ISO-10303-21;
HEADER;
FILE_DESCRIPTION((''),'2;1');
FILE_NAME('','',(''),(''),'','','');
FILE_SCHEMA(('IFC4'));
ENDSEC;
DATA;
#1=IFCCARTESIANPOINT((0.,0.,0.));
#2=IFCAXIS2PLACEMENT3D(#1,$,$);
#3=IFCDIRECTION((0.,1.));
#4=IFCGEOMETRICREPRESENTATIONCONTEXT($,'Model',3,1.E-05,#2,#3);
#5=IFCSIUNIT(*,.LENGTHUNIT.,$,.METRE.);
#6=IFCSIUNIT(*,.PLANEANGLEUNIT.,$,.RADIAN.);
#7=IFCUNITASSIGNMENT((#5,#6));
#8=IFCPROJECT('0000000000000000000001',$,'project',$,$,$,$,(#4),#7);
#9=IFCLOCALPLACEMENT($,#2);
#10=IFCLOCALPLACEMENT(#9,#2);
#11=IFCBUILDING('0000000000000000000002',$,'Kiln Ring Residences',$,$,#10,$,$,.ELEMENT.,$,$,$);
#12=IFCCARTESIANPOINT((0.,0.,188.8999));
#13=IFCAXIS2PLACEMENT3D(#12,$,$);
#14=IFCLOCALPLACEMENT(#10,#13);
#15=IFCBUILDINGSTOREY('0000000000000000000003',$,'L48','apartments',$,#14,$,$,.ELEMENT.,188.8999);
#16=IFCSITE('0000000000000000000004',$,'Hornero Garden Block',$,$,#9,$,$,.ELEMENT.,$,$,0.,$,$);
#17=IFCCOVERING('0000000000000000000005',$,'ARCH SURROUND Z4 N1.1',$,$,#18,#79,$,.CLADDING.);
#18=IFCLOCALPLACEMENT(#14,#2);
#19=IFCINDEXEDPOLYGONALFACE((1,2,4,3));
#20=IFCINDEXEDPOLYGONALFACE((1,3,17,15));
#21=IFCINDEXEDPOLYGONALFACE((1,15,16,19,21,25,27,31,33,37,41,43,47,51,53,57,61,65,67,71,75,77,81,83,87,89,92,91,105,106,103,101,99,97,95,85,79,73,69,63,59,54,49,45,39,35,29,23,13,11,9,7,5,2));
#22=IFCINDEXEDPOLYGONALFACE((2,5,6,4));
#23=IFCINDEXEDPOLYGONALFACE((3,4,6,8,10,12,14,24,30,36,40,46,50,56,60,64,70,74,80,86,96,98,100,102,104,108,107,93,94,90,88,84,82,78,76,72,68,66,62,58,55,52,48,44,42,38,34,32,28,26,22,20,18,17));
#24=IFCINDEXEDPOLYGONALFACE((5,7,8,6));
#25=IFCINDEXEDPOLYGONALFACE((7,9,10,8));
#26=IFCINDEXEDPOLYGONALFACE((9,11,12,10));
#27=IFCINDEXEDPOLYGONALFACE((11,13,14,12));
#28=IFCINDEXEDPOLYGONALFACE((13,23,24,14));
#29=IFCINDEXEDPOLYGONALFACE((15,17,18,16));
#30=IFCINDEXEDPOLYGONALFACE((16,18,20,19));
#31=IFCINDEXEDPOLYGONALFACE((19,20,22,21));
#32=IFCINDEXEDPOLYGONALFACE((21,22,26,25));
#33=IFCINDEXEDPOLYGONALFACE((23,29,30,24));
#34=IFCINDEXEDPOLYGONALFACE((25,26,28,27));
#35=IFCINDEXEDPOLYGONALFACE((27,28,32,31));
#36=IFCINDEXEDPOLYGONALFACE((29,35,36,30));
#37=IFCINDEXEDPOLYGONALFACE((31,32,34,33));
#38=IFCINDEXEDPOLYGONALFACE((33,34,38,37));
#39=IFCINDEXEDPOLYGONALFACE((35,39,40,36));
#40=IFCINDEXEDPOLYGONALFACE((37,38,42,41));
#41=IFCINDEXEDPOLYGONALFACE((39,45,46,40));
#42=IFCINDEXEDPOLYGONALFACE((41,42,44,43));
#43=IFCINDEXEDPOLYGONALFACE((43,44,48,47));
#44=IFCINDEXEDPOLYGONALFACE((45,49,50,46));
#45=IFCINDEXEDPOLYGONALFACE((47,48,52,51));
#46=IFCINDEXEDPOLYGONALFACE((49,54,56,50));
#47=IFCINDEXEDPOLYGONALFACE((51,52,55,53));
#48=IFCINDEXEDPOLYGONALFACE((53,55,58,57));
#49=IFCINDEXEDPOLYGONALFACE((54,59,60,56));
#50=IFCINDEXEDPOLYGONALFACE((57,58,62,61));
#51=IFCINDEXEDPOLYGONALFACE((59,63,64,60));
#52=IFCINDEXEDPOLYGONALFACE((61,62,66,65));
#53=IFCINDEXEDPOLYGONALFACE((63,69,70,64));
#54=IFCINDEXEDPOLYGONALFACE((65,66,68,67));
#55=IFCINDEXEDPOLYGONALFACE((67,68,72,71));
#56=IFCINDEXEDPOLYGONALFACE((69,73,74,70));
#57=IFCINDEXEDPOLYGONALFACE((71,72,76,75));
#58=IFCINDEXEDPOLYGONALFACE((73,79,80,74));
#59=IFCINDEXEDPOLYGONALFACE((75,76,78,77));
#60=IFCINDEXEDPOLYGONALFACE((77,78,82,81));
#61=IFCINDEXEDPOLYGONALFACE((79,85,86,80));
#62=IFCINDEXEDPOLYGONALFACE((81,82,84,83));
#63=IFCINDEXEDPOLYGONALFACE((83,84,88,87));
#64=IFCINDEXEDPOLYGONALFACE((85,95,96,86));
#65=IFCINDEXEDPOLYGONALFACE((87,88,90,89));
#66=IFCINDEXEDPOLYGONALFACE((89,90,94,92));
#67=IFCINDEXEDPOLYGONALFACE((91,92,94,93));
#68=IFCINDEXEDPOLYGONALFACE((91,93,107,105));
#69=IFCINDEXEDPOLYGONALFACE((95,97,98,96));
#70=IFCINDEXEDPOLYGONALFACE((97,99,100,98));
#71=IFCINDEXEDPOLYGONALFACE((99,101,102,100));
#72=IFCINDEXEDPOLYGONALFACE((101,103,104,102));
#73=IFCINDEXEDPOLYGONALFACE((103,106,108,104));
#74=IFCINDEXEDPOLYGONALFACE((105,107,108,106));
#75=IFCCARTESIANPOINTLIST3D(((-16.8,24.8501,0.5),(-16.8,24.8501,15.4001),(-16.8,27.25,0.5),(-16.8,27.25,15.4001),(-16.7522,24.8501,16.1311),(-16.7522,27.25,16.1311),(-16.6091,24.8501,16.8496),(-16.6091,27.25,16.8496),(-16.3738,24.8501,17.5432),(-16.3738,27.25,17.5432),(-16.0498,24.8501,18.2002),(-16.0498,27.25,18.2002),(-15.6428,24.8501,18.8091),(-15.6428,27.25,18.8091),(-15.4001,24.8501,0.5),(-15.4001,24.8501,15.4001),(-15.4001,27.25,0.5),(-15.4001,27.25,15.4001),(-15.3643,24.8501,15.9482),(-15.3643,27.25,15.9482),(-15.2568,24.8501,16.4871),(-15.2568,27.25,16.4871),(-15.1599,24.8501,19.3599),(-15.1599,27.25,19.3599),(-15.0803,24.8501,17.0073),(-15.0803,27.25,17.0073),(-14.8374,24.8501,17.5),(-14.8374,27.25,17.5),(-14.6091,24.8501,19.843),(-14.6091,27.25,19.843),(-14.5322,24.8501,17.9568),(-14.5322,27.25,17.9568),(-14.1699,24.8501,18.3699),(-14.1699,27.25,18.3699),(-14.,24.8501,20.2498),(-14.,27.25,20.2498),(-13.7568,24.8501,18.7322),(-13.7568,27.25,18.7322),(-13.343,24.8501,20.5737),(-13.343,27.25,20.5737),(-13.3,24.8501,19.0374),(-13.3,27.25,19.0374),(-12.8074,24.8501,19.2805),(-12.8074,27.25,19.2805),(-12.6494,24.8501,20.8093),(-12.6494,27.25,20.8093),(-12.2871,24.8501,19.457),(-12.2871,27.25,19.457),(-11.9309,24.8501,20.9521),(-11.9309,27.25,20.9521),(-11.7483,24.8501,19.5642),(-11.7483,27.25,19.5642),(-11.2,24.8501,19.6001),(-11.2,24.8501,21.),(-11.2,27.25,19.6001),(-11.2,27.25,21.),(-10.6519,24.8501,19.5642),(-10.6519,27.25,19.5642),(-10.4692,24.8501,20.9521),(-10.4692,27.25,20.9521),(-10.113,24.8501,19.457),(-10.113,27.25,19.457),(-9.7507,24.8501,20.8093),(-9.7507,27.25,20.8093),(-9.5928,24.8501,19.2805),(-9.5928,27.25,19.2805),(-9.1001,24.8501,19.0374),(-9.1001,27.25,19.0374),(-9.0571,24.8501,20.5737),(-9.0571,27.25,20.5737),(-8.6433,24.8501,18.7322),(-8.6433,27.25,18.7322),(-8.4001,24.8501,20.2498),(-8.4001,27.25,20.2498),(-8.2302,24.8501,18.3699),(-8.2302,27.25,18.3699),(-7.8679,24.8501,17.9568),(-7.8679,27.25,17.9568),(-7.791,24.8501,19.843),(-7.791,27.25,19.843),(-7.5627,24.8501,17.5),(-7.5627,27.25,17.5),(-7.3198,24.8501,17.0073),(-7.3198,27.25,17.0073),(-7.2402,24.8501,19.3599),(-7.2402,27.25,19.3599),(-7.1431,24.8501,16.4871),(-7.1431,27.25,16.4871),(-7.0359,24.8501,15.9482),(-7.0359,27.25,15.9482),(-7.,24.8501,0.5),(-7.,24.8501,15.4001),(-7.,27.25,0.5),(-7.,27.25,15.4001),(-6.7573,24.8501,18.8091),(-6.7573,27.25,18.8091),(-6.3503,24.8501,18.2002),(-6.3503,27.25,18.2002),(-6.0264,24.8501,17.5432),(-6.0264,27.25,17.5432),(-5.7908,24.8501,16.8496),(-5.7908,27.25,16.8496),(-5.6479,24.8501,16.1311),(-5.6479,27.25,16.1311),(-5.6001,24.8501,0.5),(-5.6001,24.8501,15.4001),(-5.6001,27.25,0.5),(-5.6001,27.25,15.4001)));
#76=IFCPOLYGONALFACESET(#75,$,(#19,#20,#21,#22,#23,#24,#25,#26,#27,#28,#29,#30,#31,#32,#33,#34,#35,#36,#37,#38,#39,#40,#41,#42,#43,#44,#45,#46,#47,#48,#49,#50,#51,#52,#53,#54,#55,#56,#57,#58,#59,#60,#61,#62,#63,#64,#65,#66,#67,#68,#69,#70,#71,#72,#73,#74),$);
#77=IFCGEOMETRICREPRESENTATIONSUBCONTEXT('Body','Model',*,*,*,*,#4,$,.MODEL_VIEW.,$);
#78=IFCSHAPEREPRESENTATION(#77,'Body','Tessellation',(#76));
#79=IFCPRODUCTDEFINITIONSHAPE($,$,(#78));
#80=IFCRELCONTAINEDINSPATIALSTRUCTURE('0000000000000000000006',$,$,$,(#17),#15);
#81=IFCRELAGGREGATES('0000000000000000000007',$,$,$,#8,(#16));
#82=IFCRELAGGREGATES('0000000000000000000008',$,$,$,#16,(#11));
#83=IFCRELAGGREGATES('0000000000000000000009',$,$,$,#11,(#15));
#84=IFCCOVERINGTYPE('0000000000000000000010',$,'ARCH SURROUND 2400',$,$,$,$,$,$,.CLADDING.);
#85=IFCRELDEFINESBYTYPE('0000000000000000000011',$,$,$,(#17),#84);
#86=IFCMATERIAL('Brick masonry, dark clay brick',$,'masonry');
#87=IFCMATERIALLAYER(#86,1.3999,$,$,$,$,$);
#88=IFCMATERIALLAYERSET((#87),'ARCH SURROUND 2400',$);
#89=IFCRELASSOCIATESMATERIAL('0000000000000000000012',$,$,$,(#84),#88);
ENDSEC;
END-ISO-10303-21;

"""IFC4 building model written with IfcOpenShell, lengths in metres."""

from ifc_helpers import new_model, si_unit, direction, frame, origin, place, context, subcontext, project, spatial, polyline, outline, extrude, material, layer, layer_set, type_object, element, save


model = new_model("IFC4")

# Units and contexts
model_context = context("Model", 3, precision=1e-05, world=origin(), true_north=direction((0.0, 1.0)))
body_context = subcontext(model_context, "Body", "Model", "MODEL_VIEW")
ifc_project = project(units=[si_unit("LENGTHUNIT", "METRE"), si_unit("PLANEANGLEUNIT", "RADIAN")], contexts=[model_context])

# Site, building, storey
site_placement = place(None, origin())
site = spatial("IfcSite", under=ifc_project, at=site_placement, Name="Hornero Garden Block", CompositionType="ELEMENT", RefElevation=0.0)
building_placement = place(site_placement, origin())
building = spatial("IfcBuilding", under=site, at=building_placement, Name="Kiln Ring Residences", CompositionType="ELEMENT")
storey_placement = place(building_placement, frame((0.0, 0.0, 188.8999)))
storey = spatial("IfcBuildingStorey", under=building, at=storey_placement, Name="L48", Description="apartments", CompositionType="ELEMENT", Elevation=188.8999)

# Covering
ifc_material_1 = material(Name="Brick masonry, dark clay brick", Category="masonry")
ifc_layer_1 = layer(ifc_material_1, 1.3999)
ifc_layer_set_1 = layer_set([ifc_layer_1], Name="ARCH SURROUND 2400")
covering_type = type_object("IfcCoveringType", Name="ARCH SURROUND 2400", PredefinedType="CLADDING", material=ifc_layer_set_1)
covering_placement = place(storey_placement, frame((-16.8, 26.05, 0.5), z_axis=(0.0, 0.0, 1.0), x_axis=(1.0, 0.0, 0.0)))
element("IfcCovering", 1, at=covering_placement, inside=storey, type_object=covering_type, Name="ARCH SURROUND Z4 N1.1", PredefinedType="CLADDING", context=body_context, shape_type="SweptSolid", body=[
    extrude(outline(polyline([(0.0, 0.0), (0.0, 14.9001), (0.0479, 15.6311), (0.1909, 16.3496), (0.4263, 17.0432), (0.7502, 17.7002), (1.1572, 18.3091), (1.6401, 18.8599), (2.1909, 19.343), (2.8, 19.7498), (3.457, 20.0737), (4.1506, 20.3093), (4.8691, 20.4521), (5.6001, 20.5), (6.3308, 20.4521), (7.0493, 20.3093), (7.7429, 20.0737), (8.3999, 19.7498), (9.009, 19.343), (9.5598, 18.8599), (10.0427, 18.3091), (10.4497, 17.7002), (10.7737, 17.0432), (11.0093, 16.3496), (11.1521, 15.6311), (11.2, 14.9001), (11.2, 0.0), (9.8, 0.0), (9.8, 14.9001), (9.7642, 15.4482), (9.657, 15.9871), (9.4802, 16.5073), (9.2373, 17.0), (8.9321, 17.4568), (8.5698, 17.8699), (8.1567, 18.2322), (7.7, 18.5374), (7.2073, 18.7805), (6.687, 18.957), (6.1482, 19.0642), (5.6001, 19.1001), (5.0518, 19.0642), (4.5129, 18.957), (3.9927, 18.7805), (3.5, 18.5374), (3.0432, 18.2322), (2.6301, 17.8699), (2.2678, 17.4568), (1.9626, 17.0), (1.7197, 16.5073), (1.5432, 15.9871), (1.4358, 15.4482), (1.3999, 14.9001), (1.3999, 0.0), (0.0, 0.0)])), frame((0.0, 1.2, 0.0), z_axis=(0.0, -1.0, 0.0), x_axis=(1.0, 0.0, 0.0)), (0.0, 0.0, 1.0), 2.3999),
])

save(model, "model.ifc")
